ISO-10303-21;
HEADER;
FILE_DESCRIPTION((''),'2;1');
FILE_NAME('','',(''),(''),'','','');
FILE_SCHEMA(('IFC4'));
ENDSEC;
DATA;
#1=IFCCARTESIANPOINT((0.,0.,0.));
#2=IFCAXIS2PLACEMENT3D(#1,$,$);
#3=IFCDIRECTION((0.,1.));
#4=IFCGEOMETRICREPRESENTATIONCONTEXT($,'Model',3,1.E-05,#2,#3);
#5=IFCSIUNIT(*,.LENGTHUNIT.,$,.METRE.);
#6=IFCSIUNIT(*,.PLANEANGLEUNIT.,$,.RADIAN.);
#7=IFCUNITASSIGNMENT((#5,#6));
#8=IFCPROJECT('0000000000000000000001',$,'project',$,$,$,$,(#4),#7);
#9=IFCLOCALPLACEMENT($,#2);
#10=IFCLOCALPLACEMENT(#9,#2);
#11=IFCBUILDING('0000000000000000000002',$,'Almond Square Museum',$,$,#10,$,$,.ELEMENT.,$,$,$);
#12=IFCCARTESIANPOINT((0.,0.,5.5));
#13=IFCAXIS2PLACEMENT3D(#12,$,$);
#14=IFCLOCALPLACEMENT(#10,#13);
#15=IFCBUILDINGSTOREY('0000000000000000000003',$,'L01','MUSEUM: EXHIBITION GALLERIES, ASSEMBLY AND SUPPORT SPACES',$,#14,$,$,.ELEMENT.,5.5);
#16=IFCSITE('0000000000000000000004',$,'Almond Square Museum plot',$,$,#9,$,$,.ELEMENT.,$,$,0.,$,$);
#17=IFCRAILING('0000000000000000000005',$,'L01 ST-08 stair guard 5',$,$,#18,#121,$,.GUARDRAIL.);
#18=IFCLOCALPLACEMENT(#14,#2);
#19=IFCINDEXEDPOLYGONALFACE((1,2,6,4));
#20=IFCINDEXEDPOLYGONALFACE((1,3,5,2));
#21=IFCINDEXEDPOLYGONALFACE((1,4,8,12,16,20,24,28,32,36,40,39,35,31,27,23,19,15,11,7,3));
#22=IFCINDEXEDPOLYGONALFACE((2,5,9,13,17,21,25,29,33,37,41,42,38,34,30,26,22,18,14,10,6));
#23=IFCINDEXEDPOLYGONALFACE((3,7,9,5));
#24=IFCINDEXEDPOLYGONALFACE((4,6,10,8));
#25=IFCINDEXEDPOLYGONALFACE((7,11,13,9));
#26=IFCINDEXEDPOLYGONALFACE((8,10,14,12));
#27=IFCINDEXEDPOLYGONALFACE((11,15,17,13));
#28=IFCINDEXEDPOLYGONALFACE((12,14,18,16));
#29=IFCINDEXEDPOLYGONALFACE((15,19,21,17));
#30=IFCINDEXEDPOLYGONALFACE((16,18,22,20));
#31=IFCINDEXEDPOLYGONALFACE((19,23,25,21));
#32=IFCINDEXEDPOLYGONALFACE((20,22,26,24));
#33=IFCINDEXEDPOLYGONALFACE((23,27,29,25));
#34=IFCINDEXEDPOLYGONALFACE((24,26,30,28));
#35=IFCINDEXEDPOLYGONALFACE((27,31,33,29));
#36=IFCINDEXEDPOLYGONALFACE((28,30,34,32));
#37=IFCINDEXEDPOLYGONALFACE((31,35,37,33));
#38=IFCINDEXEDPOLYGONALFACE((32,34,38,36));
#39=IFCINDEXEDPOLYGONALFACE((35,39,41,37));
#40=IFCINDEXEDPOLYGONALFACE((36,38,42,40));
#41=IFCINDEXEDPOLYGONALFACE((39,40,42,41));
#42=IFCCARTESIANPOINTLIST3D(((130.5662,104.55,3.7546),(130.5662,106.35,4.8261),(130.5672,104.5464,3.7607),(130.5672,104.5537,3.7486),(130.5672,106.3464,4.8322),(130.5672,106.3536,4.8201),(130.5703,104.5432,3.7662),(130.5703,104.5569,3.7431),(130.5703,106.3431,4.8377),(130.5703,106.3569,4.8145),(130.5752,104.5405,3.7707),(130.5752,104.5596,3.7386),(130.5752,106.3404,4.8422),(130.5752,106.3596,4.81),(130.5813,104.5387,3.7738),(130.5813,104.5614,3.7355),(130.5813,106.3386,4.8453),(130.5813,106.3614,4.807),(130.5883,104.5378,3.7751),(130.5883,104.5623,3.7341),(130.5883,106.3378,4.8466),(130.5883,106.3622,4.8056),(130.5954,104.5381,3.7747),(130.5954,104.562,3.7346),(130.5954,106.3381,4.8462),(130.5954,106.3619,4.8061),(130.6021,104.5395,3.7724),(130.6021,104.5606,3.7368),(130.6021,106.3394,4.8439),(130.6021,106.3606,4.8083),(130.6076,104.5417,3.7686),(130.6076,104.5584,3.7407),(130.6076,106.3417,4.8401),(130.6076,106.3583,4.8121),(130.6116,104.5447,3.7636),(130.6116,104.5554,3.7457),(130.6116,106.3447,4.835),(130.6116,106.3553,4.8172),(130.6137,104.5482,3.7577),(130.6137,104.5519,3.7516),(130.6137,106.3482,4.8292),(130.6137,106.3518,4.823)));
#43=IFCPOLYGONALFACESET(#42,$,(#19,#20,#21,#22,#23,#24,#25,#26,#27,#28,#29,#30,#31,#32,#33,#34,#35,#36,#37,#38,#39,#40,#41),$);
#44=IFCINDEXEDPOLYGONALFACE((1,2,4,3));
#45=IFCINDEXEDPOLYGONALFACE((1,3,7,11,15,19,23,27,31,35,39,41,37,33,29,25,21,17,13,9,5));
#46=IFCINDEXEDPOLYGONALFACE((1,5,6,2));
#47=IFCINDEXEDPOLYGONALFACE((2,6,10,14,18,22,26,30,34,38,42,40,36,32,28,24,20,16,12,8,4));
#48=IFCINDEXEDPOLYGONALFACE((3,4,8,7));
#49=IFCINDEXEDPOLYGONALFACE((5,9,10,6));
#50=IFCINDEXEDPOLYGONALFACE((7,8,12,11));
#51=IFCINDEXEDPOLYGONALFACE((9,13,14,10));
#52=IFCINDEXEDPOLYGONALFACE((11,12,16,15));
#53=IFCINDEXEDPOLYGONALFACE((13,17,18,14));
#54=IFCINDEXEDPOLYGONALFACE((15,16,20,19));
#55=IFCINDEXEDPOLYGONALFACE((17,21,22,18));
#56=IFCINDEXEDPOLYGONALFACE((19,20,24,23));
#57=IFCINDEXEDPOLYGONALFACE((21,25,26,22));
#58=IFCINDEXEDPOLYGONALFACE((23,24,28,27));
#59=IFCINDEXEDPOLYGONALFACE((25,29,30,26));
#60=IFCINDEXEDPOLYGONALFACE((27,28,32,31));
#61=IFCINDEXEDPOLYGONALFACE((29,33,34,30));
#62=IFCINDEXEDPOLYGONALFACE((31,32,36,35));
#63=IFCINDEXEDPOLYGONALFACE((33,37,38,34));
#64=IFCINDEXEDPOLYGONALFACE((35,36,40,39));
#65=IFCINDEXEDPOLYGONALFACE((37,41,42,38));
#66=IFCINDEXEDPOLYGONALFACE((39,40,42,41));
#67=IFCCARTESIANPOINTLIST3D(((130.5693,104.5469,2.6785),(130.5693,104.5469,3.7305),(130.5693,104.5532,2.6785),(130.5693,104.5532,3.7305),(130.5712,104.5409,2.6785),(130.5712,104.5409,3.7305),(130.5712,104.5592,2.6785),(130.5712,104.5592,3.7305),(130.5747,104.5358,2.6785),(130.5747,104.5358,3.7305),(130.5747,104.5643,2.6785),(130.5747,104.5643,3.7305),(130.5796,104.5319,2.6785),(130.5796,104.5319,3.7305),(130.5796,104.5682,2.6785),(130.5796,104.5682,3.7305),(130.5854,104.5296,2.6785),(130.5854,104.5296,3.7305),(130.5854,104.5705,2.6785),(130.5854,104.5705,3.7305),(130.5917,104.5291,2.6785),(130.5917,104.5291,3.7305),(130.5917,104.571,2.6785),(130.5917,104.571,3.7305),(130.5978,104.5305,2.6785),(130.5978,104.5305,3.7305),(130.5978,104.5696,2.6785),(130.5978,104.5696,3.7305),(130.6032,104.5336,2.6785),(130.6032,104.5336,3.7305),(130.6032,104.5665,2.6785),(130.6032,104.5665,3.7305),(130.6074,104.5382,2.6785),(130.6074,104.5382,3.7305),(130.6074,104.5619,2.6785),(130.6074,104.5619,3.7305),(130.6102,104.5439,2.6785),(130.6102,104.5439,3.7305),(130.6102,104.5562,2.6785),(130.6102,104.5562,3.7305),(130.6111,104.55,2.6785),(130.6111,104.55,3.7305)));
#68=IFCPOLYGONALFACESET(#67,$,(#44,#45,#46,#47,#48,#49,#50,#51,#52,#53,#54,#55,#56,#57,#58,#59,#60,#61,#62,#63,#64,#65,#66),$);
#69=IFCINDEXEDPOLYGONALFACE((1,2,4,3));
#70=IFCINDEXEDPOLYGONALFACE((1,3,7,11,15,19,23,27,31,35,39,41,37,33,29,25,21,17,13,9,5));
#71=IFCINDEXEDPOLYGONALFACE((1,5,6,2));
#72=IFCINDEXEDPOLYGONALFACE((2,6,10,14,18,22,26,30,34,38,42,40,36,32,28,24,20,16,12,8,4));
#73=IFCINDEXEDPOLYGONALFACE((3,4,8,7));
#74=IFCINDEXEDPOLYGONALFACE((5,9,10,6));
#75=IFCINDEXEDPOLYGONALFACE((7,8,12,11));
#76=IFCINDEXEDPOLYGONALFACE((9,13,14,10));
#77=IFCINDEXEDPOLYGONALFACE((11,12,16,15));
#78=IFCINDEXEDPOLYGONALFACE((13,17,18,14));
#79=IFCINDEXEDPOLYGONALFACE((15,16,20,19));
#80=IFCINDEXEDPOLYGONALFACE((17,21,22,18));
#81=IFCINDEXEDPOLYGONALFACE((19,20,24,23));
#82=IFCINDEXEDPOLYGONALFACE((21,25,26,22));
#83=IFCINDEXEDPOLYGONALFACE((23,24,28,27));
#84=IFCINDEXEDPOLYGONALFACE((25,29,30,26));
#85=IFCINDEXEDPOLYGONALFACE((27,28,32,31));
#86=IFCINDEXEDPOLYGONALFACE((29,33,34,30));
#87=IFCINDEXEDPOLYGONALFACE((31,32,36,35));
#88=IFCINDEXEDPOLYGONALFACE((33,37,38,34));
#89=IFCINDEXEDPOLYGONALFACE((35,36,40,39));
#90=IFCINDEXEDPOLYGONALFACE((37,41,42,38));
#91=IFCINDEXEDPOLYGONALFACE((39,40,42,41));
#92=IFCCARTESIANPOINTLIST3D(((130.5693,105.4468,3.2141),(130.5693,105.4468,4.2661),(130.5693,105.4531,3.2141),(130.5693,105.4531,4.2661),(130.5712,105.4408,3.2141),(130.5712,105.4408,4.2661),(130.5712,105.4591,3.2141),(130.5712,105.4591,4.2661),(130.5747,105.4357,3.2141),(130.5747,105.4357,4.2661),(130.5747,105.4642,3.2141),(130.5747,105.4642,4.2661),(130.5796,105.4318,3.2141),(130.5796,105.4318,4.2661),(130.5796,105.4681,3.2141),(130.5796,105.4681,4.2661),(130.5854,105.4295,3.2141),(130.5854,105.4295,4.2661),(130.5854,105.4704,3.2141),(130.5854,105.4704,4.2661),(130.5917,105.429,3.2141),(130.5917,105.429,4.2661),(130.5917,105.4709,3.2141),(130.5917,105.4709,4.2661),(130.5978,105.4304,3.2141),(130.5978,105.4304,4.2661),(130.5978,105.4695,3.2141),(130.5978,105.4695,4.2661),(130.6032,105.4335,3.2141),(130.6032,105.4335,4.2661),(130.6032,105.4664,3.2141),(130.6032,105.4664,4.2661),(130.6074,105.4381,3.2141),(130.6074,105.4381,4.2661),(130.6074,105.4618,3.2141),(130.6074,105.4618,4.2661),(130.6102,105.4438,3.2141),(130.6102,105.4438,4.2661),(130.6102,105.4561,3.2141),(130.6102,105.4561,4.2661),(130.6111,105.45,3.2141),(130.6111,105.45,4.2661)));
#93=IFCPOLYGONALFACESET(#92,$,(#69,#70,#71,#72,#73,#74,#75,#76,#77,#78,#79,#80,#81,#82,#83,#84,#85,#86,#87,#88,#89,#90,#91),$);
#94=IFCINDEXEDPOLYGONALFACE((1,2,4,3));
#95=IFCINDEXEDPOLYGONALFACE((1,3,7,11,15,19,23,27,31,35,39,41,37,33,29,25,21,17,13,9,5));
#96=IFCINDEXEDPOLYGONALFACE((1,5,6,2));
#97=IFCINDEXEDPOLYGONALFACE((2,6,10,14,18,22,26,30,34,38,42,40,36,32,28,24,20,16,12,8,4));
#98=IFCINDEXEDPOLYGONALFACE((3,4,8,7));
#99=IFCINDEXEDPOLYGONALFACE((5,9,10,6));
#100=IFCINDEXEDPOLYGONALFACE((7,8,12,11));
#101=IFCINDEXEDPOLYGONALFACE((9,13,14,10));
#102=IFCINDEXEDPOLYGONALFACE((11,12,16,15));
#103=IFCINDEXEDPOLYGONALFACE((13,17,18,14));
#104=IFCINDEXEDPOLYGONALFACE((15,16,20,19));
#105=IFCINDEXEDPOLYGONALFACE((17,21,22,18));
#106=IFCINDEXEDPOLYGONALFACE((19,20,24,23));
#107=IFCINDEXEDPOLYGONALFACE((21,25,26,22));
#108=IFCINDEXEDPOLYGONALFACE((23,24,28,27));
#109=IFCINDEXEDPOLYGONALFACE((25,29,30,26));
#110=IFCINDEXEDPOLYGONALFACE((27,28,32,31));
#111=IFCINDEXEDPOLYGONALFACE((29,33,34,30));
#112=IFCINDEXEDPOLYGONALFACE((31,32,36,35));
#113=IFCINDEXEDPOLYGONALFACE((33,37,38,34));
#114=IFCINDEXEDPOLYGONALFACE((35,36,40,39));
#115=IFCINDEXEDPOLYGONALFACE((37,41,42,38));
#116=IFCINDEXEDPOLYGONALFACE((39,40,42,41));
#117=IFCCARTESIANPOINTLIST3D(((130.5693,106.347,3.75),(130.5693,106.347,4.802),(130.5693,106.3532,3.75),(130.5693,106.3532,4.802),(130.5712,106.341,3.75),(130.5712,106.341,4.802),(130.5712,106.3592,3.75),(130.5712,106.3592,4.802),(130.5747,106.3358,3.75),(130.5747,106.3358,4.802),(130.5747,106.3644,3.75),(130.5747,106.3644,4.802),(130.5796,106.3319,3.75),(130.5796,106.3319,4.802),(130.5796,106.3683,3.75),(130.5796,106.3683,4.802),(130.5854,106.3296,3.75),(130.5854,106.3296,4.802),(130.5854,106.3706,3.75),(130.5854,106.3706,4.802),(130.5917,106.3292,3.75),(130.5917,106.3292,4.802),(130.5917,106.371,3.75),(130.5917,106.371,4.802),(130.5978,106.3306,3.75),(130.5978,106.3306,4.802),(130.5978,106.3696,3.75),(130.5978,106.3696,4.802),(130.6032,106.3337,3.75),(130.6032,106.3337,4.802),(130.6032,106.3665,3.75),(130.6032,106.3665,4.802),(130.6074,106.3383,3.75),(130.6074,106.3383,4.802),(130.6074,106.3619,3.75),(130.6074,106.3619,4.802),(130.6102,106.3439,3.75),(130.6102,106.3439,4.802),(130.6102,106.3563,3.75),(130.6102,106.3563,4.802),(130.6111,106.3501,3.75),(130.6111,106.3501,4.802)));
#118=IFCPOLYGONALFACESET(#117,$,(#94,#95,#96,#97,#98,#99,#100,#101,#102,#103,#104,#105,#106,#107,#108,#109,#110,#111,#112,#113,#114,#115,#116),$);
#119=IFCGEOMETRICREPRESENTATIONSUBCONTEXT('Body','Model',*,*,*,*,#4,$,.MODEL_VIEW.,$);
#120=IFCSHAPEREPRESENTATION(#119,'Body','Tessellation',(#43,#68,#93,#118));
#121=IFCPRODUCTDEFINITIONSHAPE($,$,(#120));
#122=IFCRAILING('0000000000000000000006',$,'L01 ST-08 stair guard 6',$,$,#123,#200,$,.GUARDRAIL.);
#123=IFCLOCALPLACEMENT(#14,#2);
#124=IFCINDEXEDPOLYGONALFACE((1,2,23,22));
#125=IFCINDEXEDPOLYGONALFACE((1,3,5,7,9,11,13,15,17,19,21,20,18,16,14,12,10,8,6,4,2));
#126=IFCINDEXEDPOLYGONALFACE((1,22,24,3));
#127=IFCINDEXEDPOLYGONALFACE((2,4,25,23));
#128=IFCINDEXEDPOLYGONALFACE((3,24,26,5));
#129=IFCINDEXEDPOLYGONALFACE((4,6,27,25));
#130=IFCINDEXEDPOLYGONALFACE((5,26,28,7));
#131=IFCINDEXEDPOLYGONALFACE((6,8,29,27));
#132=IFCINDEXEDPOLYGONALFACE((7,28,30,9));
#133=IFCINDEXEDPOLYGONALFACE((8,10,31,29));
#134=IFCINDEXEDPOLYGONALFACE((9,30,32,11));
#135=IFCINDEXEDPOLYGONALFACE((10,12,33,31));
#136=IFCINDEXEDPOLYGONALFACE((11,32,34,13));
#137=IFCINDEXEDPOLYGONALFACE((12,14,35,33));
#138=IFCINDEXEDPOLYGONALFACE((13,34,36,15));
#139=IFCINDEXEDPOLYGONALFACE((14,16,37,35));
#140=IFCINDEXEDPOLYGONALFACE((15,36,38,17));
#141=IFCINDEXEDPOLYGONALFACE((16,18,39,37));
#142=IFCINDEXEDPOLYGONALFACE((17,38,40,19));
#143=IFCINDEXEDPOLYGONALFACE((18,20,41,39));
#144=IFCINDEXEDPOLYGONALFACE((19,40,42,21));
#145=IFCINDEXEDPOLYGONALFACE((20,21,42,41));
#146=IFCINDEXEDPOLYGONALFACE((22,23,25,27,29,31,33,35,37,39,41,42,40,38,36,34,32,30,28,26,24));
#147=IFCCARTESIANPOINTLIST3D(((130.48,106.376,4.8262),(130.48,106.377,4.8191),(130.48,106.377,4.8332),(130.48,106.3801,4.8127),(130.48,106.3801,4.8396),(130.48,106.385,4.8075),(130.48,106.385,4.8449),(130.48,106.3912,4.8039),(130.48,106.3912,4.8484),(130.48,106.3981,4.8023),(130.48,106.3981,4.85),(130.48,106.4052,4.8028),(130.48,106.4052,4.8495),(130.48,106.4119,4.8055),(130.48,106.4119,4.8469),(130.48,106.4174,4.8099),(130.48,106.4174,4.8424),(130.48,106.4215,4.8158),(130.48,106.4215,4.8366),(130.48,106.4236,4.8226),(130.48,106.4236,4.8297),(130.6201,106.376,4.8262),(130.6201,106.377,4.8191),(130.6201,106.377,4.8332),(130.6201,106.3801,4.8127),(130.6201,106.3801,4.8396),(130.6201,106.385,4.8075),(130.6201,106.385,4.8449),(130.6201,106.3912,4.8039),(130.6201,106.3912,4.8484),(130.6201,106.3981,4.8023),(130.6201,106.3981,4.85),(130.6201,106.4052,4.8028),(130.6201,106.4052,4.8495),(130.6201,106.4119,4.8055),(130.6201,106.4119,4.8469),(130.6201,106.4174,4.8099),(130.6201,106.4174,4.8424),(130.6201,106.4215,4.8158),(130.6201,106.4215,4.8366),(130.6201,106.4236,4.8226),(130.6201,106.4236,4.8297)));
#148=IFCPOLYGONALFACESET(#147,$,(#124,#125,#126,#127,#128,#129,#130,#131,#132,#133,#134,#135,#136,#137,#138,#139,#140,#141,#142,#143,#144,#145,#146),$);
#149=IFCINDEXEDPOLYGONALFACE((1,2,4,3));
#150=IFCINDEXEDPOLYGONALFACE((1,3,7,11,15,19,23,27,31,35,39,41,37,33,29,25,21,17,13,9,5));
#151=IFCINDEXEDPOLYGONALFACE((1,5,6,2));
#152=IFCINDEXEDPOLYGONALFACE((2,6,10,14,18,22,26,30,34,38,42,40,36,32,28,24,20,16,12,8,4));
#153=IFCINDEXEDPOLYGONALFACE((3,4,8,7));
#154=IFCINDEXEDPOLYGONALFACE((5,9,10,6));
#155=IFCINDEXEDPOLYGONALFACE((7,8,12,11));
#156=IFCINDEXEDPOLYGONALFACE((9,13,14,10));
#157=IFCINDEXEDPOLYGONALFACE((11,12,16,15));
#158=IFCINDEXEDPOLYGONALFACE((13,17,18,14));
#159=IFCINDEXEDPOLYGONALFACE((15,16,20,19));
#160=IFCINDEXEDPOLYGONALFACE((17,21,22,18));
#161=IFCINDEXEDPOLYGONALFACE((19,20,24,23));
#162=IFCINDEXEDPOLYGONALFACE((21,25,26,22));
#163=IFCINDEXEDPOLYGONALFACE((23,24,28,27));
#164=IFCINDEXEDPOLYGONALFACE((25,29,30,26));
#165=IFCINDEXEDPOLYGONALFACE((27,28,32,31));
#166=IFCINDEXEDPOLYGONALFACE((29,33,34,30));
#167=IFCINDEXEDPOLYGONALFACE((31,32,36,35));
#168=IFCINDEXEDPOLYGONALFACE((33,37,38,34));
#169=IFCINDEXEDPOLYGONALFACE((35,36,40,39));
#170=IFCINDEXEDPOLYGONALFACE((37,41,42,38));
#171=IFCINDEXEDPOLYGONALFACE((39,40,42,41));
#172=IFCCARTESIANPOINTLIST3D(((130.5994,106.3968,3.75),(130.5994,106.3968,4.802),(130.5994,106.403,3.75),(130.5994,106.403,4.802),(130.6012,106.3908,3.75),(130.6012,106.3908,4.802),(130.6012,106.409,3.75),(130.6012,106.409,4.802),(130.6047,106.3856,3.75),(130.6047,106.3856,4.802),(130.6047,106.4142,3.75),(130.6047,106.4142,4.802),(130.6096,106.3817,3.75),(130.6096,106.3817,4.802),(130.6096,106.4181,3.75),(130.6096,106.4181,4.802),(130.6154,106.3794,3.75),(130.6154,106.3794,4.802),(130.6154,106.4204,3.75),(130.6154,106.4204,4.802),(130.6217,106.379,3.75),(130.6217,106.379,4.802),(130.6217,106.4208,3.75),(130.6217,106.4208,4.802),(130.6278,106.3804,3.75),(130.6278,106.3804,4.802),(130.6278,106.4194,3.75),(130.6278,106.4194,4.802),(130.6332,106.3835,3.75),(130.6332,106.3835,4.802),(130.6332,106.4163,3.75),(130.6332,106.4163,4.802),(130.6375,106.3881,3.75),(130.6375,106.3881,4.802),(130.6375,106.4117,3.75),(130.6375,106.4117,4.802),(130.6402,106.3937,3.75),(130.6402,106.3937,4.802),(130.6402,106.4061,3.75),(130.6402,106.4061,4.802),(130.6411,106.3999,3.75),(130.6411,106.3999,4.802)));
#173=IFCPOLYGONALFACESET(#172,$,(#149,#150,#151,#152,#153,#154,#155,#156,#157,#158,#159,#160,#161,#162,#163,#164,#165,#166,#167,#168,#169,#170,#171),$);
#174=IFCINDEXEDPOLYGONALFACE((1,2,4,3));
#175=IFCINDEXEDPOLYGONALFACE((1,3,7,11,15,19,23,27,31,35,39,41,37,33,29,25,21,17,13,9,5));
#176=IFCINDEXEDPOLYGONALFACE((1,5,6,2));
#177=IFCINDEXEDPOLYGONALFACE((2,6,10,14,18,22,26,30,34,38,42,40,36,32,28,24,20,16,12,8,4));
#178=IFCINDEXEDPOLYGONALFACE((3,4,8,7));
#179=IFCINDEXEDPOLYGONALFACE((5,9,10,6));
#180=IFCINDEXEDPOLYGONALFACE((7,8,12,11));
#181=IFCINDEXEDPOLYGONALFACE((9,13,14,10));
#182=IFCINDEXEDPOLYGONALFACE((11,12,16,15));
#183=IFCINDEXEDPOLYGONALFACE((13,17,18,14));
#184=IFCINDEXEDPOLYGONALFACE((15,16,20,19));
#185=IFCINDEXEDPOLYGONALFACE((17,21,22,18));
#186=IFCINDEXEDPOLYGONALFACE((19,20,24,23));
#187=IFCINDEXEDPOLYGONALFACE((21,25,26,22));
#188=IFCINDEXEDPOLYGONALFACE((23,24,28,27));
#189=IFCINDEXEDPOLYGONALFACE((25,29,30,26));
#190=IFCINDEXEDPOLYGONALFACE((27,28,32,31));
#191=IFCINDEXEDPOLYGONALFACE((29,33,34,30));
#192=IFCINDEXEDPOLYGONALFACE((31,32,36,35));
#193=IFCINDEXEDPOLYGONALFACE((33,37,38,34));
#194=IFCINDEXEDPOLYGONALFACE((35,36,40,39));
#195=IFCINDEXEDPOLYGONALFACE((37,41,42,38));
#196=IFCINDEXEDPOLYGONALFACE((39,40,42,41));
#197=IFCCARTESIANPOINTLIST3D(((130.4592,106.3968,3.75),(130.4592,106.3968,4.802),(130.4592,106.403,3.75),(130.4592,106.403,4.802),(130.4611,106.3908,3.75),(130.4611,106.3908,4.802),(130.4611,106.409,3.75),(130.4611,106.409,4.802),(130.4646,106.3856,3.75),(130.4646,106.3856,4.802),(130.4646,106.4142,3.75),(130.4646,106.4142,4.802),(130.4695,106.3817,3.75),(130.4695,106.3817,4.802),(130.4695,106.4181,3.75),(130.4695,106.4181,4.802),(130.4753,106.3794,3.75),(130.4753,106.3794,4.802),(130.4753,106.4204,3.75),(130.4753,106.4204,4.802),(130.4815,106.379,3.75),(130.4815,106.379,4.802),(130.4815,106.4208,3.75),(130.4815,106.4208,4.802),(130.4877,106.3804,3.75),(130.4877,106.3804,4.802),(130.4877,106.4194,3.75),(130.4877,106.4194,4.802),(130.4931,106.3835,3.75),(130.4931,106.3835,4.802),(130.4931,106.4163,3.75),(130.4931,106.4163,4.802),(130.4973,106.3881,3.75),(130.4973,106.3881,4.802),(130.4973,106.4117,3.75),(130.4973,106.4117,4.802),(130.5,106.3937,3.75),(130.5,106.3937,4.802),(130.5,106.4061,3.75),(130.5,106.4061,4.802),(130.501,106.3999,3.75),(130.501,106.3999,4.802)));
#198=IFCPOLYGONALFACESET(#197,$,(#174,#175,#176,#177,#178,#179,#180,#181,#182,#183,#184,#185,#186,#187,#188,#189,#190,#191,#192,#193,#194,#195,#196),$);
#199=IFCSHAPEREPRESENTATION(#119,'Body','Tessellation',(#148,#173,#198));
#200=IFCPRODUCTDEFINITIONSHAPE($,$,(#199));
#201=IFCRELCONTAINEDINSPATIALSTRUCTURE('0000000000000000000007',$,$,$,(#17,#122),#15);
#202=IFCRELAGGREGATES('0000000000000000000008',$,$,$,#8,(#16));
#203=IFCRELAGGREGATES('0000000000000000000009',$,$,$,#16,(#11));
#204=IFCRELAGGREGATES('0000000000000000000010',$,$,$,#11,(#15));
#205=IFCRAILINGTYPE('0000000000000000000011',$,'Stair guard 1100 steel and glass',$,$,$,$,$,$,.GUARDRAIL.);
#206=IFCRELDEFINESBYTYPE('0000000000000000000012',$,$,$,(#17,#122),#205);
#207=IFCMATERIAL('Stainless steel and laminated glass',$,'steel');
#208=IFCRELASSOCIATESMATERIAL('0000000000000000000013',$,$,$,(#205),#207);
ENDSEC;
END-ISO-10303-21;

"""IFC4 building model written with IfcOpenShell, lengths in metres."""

from ifc_helpers import new_model, si_unit, direction, frame, origin, origin_2d, place, context, subcontext, project, spatial, circle, extrude, material, type_object, element, save


model = new_model("IFC4")

# Units and contexts
model_context = context("Model", 3, precision=1e-05, world=origin(), true_north=direction((0.0, 1.0)))
body_context = subcontext(model_context, "Body", "Model", "MODEL_VIEW")
ifc_project = project(units=[si_unit("LENGTHUNIT", "METRE"), si_unit("PLANEANGLEUNIT", "RADIAN")], contexts=[model_context])

# Site, building, storey
site_placement = place(None, origin())
site = spatial("IfcSite", under=ifc_project, at=site_placement, Name="Almond Square Museum plot", CompositionType="ELEMENT", RefElevation=0.0)
building_placement = place(site_placement, origin())
building = spatial("IfcBuilding", under=site, at=building_placement, Name="Almond Square Museum", CompositionType="ELEMENT")
storey_placement = place(building_placement, frame((0.0, 0.0, 5.5)))
storey = spatial("IfcBuildingStorey", under=building, at=storey_placement, Name="L01", Description="MUSEUM: EXHIBITION GALLERIES, ASSEMBLY AND SUPPORT SPACES", CompositionType="ELEMENT", Elevation=5.5)

# Railings
ifc_material_1 = material(Name="Stainless steel and laminated glass", Category="steel")
railing_type_1 = type_object("IfcRailingType", Name="Stair guard 1100 steel and glass", PredefinedType="GUARDRAIL", material=ifc_material_1)
railing_1_placement = place(storey_placement, frame((130.5901, 104.55, 2.6785)))
element("IfcRailing", 1, at=railing_1_placement, inside=storey, type_object=railing_type_1, Name="L01 ST-08 stair guard 5", PredefinedType="GUARDRAIL", context=body_context, shape_type="SweptSolid", body=[
    extrude(circle(Radius=0.0239, at=origin_2d()), frame((0.0, 0.0, 1.0762), z_axis=(0.0, 0.859277, 0.51151), x_axis=(-1.0, 0.0, 0.0)), (0.0, 0.0, 1.0), 2.0947),
    extrude(circle(Radius=0.021, at=origin_2d()), origin(), (0.0, 0.0, 1.0), 1.052),
    extrude(circle(Radius=0.021, at=origin_2d()), frame((0.0, 0.8999, 0.5356)), (0.0, 0.0, 1.0), 1.052),
    extrude(circle(Radius=0.021, at=origin_2d()), frame((0.0, 1.8, 1.0715)), (0.0, 0.0, 1.0), 1.052),
])
railing_2_placement = place(storey_placement, frame((130.6201, 106.3999, 3.75)))
element("IfcRailing", 2, at=railing_2_placement, inside=storey, type_object=railing_type_1, Name="L01 ST-08 stair guard 6", PredefinedType="GUARDRAIL", context=body_context, shape_type="SweptSolid", body=[
    extrude(circle(Radius=0.0239, at=origin_2d()), frame((0.0, 0.0, 1.0762), z_axis=(-1.0, 0.0, 0.0), x_axis=(0.0, -1.0, 0.0)), (0.0, 0.0, 1.0), 0.1401),
    extrude(circle(Radius=0.021, at=origin_2d()), origin(), (0.0, 0.0, 1.0), 1.052),
    extrude(circle(Radius=0.021, at=origin_2d()), frame((-0.1401, 0.0, 0.0)), (0.0, 0.0, 1.0), 1.052),
])

save(model, "model.ifc")
